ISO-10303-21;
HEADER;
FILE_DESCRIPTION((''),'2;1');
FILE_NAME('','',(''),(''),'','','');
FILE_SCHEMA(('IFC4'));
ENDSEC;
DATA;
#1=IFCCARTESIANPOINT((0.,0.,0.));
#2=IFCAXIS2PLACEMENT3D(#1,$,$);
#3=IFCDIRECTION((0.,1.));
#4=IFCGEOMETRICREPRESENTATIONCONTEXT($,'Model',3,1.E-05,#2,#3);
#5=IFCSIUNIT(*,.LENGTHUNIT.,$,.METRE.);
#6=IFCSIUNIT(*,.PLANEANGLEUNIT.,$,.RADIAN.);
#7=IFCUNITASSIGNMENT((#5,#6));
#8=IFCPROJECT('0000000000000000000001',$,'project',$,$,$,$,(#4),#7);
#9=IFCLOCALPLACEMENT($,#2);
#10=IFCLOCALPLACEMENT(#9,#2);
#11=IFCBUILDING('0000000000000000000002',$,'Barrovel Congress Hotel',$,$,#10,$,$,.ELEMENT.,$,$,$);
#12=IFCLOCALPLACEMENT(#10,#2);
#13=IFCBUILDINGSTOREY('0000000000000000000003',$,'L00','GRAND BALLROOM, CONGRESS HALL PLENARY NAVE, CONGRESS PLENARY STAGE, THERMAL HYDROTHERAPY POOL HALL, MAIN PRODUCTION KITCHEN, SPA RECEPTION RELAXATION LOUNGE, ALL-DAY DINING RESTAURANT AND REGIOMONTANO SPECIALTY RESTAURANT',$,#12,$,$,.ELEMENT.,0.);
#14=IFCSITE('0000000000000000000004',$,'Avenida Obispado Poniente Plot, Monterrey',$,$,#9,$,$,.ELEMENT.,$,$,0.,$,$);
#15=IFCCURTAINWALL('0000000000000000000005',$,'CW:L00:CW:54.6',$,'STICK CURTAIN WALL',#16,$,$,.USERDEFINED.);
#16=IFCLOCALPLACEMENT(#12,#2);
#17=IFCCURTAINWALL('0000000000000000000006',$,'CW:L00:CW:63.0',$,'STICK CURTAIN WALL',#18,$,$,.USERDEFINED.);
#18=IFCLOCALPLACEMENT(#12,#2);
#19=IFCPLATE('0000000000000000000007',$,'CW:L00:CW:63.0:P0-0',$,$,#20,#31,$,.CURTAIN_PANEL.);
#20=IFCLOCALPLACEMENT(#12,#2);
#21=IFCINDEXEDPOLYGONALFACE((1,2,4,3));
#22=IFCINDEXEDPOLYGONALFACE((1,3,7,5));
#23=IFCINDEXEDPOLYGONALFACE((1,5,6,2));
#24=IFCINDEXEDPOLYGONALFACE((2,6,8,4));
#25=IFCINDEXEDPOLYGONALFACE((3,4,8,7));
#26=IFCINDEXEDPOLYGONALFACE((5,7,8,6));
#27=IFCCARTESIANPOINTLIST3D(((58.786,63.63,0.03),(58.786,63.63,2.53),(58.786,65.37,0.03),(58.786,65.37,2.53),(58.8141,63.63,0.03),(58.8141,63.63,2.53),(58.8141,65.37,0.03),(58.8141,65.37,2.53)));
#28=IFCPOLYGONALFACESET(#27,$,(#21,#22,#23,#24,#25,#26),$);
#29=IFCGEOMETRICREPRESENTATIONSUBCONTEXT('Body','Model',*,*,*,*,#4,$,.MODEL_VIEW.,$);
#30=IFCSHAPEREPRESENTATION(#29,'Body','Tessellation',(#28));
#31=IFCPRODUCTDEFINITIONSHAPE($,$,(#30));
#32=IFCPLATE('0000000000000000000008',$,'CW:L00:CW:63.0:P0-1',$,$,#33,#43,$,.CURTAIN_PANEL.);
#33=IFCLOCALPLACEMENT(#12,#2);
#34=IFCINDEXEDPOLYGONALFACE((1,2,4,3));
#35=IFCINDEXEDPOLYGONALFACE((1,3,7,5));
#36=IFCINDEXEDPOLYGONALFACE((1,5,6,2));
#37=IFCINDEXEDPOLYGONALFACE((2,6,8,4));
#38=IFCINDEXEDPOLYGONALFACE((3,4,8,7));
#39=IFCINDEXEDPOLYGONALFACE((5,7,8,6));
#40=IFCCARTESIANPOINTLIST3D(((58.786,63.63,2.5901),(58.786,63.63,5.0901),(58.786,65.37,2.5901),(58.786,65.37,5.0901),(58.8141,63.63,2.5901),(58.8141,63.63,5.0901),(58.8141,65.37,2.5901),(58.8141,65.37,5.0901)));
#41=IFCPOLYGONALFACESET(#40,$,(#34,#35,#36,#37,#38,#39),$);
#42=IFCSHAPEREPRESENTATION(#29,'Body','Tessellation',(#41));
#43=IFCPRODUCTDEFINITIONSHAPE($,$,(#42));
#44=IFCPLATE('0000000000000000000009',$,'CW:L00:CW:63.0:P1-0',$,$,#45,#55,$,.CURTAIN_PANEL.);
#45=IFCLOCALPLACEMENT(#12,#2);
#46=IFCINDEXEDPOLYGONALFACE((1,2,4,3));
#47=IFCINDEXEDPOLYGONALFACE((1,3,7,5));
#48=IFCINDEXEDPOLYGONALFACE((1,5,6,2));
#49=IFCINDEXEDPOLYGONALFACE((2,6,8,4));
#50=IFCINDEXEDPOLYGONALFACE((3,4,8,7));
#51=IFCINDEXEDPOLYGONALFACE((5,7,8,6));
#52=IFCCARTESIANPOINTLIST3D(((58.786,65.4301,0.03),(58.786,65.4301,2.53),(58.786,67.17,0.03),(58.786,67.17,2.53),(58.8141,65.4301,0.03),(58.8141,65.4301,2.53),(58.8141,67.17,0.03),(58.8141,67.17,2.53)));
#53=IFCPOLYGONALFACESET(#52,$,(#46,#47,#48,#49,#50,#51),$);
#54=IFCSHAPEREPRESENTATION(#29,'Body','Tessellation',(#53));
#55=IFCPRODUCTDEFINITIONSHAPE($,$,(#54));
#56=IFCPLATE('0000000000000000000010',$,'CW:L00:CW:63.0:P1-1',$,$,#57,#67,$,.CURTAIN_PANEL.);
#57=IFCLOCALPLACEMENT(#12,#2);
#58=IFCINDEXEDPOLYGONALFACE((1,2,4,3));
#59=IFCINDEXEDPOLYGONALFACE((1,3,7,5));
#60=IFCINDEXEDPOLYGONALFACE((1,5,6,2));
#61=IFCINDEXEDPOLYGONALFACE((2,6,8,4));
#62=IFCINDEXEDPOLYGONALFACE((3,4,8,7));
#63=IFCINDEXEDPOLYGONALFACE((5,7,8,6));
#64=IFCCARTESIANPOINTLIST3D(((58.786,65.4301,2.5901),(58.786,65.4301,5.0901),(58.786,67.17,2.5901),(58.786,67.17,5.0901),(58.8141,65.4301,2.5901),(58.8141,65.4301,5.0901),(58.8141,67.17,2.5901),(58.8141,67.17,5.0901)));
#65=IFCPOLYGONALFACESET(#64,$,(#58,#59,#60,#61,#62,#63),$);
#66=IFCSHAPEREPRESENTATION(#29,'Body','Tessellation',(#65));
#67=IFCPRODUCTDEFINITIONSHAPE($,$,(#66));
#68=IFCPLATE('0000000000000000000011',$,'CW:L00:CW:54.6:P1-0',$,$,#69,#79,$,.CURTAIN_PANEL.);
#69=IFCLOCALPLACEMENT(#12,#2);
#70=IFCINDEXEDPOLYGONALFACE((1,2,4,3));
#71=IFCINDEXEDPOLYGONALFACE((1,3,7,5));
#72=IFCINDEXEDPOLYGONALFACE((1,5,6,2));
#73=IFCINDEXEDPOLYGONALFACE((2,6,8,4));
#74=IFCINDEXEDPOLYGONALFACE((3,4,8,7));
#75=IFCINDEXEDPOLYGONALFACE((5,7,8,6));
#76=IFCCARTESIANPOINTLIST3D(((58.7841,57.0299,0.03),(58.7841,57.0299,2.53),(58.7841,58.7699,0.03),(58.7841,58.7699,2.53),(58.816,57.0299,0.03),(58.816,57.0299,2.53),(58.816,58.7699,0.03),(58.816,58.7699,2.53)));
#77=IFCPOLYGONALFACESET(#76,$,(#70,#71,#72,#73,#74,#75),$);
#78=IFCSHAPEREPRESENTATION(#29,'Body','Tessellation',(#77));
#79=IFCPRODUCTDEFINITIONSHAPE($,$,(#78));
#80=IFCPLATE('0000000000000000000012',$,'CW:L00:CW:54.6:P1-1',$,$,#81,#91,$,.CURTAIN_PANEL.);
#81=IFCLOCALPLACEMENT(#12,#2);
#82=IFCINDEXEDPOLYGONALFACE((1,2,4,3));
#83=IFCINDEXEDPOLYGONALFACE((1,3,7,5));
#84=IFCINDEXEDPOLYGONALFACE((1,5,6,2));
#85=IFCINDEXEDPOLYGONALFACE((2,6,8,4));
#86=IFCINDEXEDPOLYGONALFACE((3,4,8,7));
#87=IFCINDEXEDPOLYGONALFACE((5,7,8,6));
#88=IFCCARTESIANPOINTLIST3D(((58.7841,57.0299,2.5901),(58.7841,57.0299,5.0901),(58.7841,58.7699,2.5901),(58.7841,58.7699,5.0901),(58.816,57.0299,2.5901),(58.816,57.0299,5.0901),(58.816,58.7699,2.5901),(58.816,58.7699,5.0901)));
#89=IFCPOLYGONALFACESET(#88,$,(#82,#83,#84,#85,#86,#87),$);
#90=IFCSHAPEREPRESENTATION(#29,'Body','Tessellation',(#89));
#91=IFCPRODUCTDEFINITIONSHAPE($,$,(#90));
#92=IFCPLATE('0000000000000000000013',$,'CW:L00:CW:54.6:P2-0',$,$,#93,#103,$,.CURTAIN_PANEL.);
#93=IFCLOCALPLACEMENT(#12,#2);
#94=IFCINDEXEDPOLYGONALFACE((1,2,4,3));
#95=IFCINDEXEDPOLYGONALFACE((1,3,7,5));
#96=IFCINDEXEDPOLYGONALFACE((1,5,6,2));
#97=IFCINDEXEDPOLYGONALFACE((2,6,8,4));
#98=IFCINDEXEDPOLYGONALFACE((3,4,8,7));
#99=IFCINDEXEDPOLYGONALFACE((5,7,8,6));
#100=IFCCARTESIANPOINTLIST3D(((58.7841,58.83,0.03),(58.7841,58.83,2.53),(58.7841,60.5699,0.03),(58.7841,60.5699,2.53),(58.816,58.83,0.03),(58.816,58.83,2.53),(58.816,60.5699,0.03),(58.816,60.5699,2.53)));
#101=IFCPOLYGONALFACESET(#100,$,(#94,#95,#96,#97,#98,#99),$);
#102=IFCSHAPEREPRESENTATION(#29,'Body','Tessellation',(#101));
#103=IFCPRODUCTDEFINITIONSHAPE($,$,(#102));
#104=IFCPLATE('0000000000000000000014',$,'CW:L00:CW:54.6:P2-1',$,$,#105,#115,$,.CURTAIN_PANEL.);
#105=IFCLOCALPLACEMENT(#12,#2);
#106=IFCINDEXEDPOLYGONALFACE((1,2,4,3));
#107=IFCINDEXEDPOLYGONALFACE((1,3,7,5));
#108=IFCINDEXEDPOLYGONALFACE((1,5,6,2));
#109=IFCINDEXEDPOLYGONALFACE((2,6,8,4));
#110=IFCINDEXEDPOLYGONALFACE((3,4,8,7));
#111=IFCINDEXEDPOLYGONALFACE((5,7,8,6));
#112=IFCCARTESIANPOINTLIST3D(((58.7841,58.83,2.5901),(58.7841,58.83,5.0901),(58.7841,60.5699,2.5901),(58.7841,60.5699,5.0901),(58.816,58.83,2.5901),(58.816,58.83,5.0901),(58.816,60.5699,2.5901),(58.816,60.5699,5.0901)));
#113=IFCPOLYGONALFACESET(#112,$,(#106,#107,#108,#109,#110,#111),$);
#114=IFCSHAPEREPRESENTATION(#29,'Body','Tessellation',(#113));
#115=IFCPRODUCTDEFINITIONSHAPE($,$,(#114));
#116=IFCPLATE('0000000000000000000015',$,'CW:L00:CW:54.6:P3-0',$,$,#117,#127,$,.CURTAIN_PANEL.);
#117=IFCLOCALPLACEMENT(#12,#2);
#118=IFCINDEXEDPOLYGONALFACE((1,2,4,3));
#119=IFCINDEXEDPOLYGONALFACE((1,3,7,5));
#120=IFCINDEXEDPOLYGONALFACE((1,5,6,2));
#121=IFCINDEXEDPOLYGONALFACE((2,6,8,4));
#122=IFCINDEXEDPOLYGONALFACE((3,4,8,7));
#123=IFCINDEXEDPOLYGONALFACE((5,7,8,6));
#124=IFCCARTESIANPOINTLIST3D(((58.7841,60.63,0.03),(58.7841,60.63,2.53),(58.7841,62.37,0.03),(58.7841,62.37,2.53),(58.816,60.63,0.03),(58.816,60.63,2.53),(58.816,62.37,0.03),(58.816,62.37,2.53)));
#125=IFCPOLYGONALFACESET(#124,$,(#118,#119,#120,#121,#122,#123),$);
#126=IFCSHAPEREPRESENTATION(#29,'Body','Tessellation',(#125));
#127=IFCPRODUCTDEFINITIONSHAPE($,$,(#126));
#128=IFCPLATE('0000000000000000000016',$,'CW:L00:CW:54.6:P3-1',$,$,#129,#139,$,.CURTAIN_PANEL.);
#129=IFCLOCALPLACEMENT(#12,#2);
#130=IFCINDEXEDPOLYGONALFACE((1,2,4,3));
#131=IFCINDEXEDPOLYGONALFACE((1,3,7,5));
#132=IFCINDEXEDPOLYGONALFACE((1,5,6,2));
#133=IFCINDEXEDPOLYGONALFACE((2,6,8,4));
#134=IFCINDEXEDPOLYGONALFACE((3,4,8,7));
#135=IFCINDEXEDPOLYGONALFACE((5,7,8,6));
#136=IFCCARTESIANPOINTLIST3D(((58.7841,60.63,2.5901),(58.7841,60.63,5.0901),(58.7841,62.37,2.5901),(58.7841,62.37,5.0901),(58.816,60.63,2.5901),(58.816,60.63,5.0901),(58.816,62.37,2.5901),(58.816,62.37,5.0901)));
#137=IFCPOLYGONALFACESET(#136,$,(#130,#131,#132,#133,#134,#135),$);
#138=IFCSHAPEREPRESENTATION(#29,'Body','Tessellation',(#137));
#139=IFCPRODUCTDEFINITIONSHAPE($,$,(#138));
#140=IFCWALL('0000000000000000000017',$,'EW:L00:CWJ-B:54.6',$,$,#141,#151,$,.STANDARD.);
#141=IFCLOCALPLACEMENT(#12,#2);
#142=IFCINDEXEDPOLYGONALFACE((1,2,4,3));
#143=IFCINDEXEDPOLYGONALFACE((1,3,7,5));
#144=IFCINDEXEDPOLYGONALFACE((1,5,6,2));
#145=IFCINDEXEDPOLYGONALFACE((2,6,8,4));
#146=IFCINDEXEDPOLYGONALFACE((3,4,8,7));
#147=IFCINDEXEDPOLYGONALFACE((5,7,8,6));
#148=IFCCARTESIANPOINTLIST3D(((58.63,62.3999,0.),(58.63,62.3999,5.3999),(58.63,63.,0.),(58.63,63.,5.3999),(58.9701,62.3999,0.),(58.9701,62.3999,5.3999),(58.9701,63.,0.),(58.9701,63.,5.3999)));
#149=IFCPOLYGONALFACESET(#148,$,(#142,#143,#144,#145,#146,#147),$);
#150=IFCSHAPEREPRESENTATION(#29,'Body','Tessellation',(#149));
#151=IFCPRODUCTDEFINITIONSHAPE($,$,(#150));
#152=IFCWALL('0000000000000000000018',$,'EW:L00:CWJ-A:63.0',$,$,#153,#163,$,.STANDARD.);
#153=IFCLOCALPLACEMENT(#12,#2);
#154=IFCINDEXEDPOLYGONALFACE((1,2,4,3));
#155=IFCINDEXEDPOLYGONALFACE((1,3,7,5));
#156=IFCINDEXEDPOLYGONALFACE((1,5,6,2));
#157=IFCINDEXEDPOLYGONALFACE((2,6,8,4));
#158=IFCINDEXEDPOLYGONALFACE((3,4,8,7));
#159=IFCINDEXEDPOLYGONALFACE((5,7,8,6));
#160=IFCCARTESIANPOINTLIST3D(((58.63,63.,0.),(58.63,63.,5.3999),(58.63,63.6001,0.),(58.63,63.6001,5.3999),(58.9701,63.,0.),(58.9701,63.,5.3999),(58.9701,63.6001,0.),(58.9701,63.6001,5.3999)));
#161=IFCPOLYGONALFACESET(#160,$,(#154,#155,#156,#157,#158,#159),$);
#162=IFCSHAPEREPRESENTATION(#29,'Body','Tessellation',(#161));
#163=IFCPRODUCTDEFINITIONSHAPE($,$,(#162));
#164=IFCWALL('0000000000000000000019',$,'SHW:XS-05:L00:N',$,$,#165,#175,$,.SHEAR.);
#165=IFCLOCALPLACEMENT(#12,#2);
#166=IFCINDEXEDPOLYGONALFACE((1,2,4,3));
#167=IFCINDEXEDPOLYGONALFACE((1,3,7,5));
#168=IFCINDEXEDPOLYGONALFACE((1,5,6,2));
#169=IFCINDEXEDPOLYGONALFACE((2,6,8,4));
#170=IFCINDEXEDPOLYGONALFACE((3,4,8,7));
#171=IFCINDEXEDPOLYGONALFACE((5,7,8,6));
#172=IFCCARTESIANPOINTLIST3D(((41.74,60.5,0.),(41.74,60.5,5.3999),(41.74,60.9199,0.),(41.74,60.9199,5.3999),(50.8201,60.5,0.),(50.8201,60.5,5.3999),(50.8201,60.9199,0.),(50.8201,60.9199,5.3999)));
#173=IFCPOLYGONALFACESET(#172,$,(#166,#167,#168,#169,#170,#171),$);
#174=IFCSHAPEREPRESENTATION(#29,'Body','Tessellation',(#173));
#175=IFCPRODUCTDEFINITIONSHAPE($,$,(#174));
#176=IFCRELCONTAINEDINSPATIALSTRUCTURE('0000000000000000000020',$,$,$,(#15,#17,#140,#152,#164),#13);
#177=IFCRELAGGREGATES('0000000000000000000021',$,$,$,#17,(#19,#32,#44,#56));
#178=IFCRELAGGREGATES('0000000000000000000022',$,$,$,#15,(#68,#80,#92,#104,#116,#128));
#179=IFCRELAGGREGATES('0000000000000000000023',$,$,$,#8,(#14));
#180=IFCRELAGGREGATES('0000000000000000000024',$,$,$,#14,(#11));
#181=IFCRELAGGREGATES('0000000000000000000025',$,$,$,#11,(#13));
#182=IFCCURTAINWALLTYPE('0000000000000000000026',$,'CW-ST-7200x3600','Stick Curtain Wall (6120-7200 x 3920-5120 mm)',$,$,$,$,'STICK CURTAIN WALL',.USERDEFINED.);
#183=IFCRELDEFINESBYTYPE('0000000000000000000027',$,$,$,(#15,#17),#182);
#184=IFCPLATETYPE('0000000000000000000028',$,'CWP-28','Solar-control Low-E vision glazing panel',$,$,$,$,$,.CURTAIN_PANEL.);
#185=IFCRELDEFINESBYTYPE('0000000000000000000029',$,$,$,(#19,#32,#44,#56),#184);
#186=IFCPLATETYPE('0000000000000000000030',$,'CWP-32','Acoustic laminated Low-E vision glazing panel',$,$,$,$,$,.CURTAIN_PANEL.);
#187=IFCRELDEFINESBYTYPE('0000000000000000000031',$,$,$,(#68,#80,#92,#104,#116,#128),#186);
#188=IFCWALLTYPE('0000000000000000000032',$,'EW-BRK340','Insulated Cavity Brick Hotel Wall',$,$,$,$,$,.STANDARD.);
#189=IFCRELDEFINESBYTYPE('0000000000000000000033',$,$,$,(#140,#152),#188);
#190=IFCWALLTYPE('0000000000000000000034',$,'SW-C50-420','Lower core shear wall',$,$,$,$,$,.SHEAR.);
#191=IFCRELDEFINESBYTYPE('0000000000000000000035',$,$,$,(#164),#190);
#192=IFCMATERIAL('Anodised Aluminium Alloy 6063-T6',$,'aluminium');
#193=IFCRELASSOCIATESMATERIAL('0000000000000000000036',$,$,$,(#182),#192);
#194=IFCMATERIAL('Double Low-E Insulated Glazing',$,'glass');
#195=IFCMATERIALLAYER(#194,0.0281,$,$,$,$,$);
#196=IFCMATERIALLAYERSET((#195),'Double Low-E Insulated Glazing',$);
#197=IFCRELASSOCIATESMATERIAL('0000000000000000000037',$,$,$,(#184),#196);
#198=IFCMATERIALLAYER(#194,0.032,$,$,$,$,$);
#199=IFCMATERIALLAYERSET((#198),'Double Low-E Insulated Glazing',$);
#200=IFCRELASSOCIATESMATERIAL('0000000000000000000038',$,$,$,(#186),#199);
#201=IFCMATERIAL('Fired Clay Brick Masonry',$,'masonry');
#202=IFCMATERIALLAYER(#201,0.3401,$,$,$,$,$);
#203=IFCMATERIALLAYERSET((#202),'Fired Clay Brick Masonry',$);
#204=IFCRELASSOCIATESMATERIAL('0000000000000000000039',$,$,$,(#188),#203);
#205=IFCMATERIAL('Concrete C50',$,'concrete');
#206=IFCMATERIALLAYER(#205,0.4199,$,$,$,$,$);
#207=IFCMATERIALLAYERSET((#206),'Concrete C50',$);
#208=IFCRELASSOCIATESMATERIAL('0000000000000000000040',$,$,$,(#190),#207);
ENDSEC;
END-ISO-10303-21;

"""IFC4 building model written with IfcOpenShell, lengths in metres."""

from ifc_helpers import new_model, si_unit, direction, frame, frame_2d, origin, origin_2d, place, context, subcontext, project, spatial, rectangle, extrude, material, layer, layer_set, type_object, element, aggregate, save


model = new_model("IFC4")

# Units and contexts
model_context = context("Model", 3, precision=1e-05, world=origin(), true_north=direction((0.0, 1.0)))
body_context = subcontext(model_context, "Body", "Model", "MODEL_VIEW")
ifc_project = project(units=[si_unit("LENGTHUNIT", "METRE"), si_unit("PLANEANGLEUNIT", "RADIAN")], contexts=[model_context])

# Site, building, storey
site_placement = place(None, origin())
site = spatial("IfcSite", under=ifc_project, at=site_placement, Name="Avenida Obispado Poniente Plot, Monterrey", CompositionType="ELEMENT", RefElevation=0.0)
building_placement = place(site_placement, origin())
building = spatial("IfcBuilding", under=site, at=building_placement, Name="Barrovel Congress Hotel", CompositionType="ELEMENT")
storey_placement = place(building_placement, origin())
storey = spatial("IfcBuildingStorey", under=building, at=storey_placement, Name="L00", Description="GRAND BALLROOM, CONGRESS HALL PLENARY NAVE, CONGRESS PLENARY STAGE, THERMAL HYDROTHERAPY POOL HALL, MAIN PRODUCTION KITCHEN, SPA RECEPTION RELAXATION LOUNGE, ALL-DAY DINING RESTAURANT AND REGIOMONTANO SPECIALTY RESTAURANT", CompositionType="ELEMENT", Elevation=0.0)

# Curtain wall
ifc_material_1 = material(Name="Anodised Aluminium Alloy 6063-T6", Category="aluminium")
curtain_wall_type = type_object("IfcCurtainWallType", Name="CW-ST-7200x3600", Description="Stick Curtain Wall (6120-7200 x 3920-5120 mm)", ElementType="STICK CURTAIN WALL", PredefinedType="USERDEFINED", material=ifc_material_1)
curtain_wall_1_placement = place(storey_placement, origin())
curtain_wall_1 = element("IfcCurtainWall", 1, at=curtain_wall_1_placement, inside=storey, type_object=curtain_wall_type, Name="CW:L00:CW:54.6", ObjectType="STICK CURTAIN WALL", PredefinedType="USERDEFINED")

# Curtain wall, plates
curtain_wall_2_placement = place(storey_placement, origin())
curtain_wall_2 = element("IfcCurtainWall", 2, at=curtain_wall_2_placement, inside=storey, type_object=curtain_wall_type, Name="CW:L00:CW:63.0", ObjectType="STICK CURTAIN WALL", PredefinedType="USERDEFINED")
ifc_material_2 = material(Name="Double Low-E Insulated Glazing", Category="glass")
ifc_layer_1 = layer(ifc_material_2, 0.0281)
ifc_layer_set_1 = layer_set([ifc_layer_1], Name="Double Low-E Insulated Glazing")
plate_type_1 = type_object("IfcPlateType", Name="CWP-28", Description="Solar-control Low-E vision glazing panel", PredefinedType="CURTAIN_PANEL", material=ifc_layer_set_1)
plate_1_placement = place(storey_placement, frame((58.8, 64.5, 0.03), z_axis=(0.0, 0.0, 1.0), x_axis=(0.0, 1.0, 0.0)))
plate_1 = element("IfcPlate", 3, at=plate_1_placement, type_object=plate_type_1, Name="CW:L00:CW:63.0:P0-0", PredefinedType="CURTAIN_PANEL", context=body_context, shape_type="SweptSolid", body=[
    extrude(rectangle(XDim=1.74, YDim=0.0281, at=origin_2d()), origin(), (0.0, 0.0, 1.0), 2.5),
])
plate_2_placement = place(storey_placement, frame((58.8, 64.5, 2.5901), z_axis=(0.0, 0.0, 1.0), x_axis=(0.0, 1.0, 0.0)))
plate_2 = element("IfcPlate", 4, at=plate_2_placement, type_object=plate_type_1, Name="CW:L00:CW:63.0:P0-1", PredefinedType="CURTAIN_PANEL", context=body_context, shape_type="SweptSolid", body=[
    extrude(rectangle(XDim=1.74, YDim=0.0281, at=origin_2d()), origin(), (0.0, 0.0, 1.0), 2.5),
])
plate_3_placement = place(storey_placement, frame((58.8, 66.3, 0.03), z_axis=(0.0, 0.0, 1.0), x_axis=(0.0, 1.0, 0.0)))
plate_3 = element("IfcPlate", 5, at=plate_3_placement, type_object=plate_type_1, Name="CW:L00:CW:63.0:P1-0", PredefinedType="CURTAIN_PANEL", context=body_context, shape_type="SweptSolid", body=[
    extrude(rectangle(XDim=1.74, YDim=0.0281, at=origin_2d()), origin(), (0.0, 0.0, 1.0), 2.5),
])
plate_4_placement = place(storey_placement, frame((58.8, 66.3, 2.5901), z_axis=(0.0, 0.0, 1.0), x_axis=(0.0, 1.0, 0.0)))
plate_4 = element("IfcPlate", 6, at=plate_4_placement, type_object=plate_type_1, Name="CW:L00:CW:63.0:P1-1", PredefinedType="CURTAIN_PANEL", context=body_context, shape_type="SweptSolid", body=[
    extrude(rectangle(XDim=1.74, YDim=0.0281, at=origin_2d()), origin(), (0.0, 0.0, 1.0), 2.5),
])
aggregate(curtain_wall_2, [plate_1, plate_2, plate_3, plate_4])

# Plates
ifc_layer_2 = layer(ifc_material_2, 0.032)
ifc_layer_set_2 = layer_set([ifc_layer_2], Name="Double Low-E Insulated Glazing")
plate_type_2 = type_object("IfcPlateType", Name="CWP-32", Description="Acoustic laminated Low-E vision glazing panel", PredefinedType="CURTAIN_PANEL", material=ifc_layer_set_2)
plate_5_placement = place(storey_placement, frame((58.8, 57.8999, 0.03), z_axis=(0.0, 0.0, 1.0), x_axis=(0.0, 1.0, 0.0)))
plate_5 = element("IfcPlate", 7, at=plate_5_placement, type_object=plate_type_2, Name="CW:L00:CW:54.6:P1-0", PredefinedType="CURTAIN_PANEL", context=body_context, shape_type="SweptSolid", body=[
    extrude(rectangle(XDim=1.74, YDim=0.032, at=origin_2d()), origin(), (0.0, 0.0, 1.0), 2.5),
])
plate_6_placement = place(storey_placement, frame((58.8, 57.8999, 2.5901), z_axis=(0.0, 0.0, 1.0), x_axis=(0.0, 1.0, 0.0)))
plate_6 = element("IfcPlate", 8, at=plate_6_placement, type_object=plate_type_2, Name="CW:L00:CW:54.6:P1-1", PredefinedType="CURTAIN_PANEL", context=body_context, shape_type="SweptSolid", body=[
    extrude(rectangle(XDim=1.74, YDim=0.032, at=origin_2d()), origin(), (0.0, 0.0, 1.0), 2.5),
])
plate_7_placement = place(storey_placement, frame((58.8, 59.7, 0.03), z_axis=(0.0, 0.0, 1.0), x_axis=(0.0, 1.0, 0.0)))
plate_7 = element("IfcPlate", 9, at=plate_7_placement, type_object=plate_type_2, Name="CW:L00:CW:54.6:P2-0", PredefinedType="CURTAIN_PANEL", context=body_context, shape_type="SweptSolid", body=[
    extrude(rectangle(XDim=1.74, YDim=0.032, at=origin_2d()), origin(), (0.0, 0.0, 1.0), 2.5),
])
plate_8_placement = place(storey_placement, frame((58.8, 59.7, 2.5901), z_axis=(0.0, 0.0, 1.0), x_axis=(0.0, 1.0, 0.0)))
plate_8 = element("IfcPlate", 10, at=plate_8_placement, type_object=plate_type_2, Name="CW:L00:CW:54.6:P2-1", PredefinedType="CURTAIN_PANEL", context=body_context, shape_type="SweptSolid", body=[
    extrude(rectangle(XDim=1.74, YDim=0.032, at=origin_2d()), origin(), (0.0, 0.0, 1.0), 2.5),
])
plate_9_placement = place(storey_placement, frame((58.8, 61.5, 0.03), z_axis=(0.0, 0.0, 1.0), x_axis=(0.0, 1.0, 0.0)))
plate_9 = element("IfcPlate", 11, at=plate_9_placement, type_object=plate_type_2, Name="CW:L00:CW:54.6:P3-0", PredefinedType="CURTAIN_PANEL", context=body_context, shape_type="SweptSolid", body=[
    extrude(rectangle(XDim=1.74, YDim=0.032, at=origin_2d()), origin(), (0.0, 0.0, 1.0), 2.5),
])
plate_10_placement = place(storey_placement, frame((58.8, 61.5, 2.5901), z_axis=(0.0, 0.0, 1.0), x_axis=(0.0, 1.0, 0.0)))
plate_10 = element("IfcPlate", 12, at=plate_10_placement, type_object=plate_type_2, Name="CW:L00:CW:54.6:P3-1", PredefinedType="CURTAIN_PANEL", context=body_context, shape_type="SweptSolid", body=[
    extrude(rectangle(XDim=1.74, YDim=0.032, at=origin_2d()), origin(), (0.0, 0.0, 1.0), 2.5),
])
aggregate(curtain_wall_1, [plate_5, plate_6, plate_7, plate_8, plate_9, plate_10])

# Walls
ifc_material_3 = material(Name="Fired Clay Brick Masonry", Category="masonry")
ifc_layer_3 = layer(ifc_material_3, 0.3401)
ifc_layer_set_3 = layer_set([ifc_layer_3], Name="Fired Clay Brick Masonry")
wall_type_1 = type_object("IfcWallType", Name="EW-BRK340", Description="Insulated Cavity Brick Hotel Wall", PredefinedType="STANDARD", material=ifc_layer_set_3)
for number, where, z_axis, x_axis, name in (
    (13, (58.8, 62.3999, 0.0), (0.0, 0.0, 1.0), (0.0, 1.0, 0.0), "EW:L00:CWJ-B:54.6"),
    (14, (58.8, 63.0, 0.0), (0.0, 0.0, 1.0), (0.0, 1.0, 0.0), "EW:L00:CWJ-A:63.0"),
):
    element("IfcWall", number, at=place(storey_placement, frame(where, z_axis=z_axis, x_axis=x_axis)), inside=storey, type_object=wall_type_1, Name=name, PredefinedType="STANDARD", context=body_context, shape_type="SweptSolid", body=[
        extrude(rectangle(XDim=0.6001, YDim=0.3401, at=frame_2d((0.3, 0.0))), origin(), (0.0, 0.0, 1.0), 5.3999),
    ])
ifc_material_4 = material(Name="Concrete C50", Category="concrete")
ifc_layer_4 = layer(ifc_material_4, 0.4199)
ifc_layer_set_4 = layer_set([ifc_layer_4], Name="Concrete C50")
wall_type_2 = type_object("IfcWallType", Name="SW-C50-420", Description="Lower core shear wall", PredefinedType="SHEAR", material=ifc_layer_set_4)
wall_placement = place(storey_placement, frame((50.8201, 60.71, 0.0), z_axis=(0.0, 0.0, 1.0), x_axis=(-1.0, 0.0, 0.0)))
element("IfcWall", 15, at=wall_placement, inside=storey, type_object=wall_type_2, Name="SHW:XS-05:L00:N", PredefinedType="SHEAR", context=body_context, shape_type="SweptSolid", body=[
    extrude(rectangle(XDim=9.0801, YDim=0.4199, at=frame_2d((4.54, 0.0))), origin(), (0.0, 0.0, 1.0), 5.3999),
])

save(model, "model.ifc")
